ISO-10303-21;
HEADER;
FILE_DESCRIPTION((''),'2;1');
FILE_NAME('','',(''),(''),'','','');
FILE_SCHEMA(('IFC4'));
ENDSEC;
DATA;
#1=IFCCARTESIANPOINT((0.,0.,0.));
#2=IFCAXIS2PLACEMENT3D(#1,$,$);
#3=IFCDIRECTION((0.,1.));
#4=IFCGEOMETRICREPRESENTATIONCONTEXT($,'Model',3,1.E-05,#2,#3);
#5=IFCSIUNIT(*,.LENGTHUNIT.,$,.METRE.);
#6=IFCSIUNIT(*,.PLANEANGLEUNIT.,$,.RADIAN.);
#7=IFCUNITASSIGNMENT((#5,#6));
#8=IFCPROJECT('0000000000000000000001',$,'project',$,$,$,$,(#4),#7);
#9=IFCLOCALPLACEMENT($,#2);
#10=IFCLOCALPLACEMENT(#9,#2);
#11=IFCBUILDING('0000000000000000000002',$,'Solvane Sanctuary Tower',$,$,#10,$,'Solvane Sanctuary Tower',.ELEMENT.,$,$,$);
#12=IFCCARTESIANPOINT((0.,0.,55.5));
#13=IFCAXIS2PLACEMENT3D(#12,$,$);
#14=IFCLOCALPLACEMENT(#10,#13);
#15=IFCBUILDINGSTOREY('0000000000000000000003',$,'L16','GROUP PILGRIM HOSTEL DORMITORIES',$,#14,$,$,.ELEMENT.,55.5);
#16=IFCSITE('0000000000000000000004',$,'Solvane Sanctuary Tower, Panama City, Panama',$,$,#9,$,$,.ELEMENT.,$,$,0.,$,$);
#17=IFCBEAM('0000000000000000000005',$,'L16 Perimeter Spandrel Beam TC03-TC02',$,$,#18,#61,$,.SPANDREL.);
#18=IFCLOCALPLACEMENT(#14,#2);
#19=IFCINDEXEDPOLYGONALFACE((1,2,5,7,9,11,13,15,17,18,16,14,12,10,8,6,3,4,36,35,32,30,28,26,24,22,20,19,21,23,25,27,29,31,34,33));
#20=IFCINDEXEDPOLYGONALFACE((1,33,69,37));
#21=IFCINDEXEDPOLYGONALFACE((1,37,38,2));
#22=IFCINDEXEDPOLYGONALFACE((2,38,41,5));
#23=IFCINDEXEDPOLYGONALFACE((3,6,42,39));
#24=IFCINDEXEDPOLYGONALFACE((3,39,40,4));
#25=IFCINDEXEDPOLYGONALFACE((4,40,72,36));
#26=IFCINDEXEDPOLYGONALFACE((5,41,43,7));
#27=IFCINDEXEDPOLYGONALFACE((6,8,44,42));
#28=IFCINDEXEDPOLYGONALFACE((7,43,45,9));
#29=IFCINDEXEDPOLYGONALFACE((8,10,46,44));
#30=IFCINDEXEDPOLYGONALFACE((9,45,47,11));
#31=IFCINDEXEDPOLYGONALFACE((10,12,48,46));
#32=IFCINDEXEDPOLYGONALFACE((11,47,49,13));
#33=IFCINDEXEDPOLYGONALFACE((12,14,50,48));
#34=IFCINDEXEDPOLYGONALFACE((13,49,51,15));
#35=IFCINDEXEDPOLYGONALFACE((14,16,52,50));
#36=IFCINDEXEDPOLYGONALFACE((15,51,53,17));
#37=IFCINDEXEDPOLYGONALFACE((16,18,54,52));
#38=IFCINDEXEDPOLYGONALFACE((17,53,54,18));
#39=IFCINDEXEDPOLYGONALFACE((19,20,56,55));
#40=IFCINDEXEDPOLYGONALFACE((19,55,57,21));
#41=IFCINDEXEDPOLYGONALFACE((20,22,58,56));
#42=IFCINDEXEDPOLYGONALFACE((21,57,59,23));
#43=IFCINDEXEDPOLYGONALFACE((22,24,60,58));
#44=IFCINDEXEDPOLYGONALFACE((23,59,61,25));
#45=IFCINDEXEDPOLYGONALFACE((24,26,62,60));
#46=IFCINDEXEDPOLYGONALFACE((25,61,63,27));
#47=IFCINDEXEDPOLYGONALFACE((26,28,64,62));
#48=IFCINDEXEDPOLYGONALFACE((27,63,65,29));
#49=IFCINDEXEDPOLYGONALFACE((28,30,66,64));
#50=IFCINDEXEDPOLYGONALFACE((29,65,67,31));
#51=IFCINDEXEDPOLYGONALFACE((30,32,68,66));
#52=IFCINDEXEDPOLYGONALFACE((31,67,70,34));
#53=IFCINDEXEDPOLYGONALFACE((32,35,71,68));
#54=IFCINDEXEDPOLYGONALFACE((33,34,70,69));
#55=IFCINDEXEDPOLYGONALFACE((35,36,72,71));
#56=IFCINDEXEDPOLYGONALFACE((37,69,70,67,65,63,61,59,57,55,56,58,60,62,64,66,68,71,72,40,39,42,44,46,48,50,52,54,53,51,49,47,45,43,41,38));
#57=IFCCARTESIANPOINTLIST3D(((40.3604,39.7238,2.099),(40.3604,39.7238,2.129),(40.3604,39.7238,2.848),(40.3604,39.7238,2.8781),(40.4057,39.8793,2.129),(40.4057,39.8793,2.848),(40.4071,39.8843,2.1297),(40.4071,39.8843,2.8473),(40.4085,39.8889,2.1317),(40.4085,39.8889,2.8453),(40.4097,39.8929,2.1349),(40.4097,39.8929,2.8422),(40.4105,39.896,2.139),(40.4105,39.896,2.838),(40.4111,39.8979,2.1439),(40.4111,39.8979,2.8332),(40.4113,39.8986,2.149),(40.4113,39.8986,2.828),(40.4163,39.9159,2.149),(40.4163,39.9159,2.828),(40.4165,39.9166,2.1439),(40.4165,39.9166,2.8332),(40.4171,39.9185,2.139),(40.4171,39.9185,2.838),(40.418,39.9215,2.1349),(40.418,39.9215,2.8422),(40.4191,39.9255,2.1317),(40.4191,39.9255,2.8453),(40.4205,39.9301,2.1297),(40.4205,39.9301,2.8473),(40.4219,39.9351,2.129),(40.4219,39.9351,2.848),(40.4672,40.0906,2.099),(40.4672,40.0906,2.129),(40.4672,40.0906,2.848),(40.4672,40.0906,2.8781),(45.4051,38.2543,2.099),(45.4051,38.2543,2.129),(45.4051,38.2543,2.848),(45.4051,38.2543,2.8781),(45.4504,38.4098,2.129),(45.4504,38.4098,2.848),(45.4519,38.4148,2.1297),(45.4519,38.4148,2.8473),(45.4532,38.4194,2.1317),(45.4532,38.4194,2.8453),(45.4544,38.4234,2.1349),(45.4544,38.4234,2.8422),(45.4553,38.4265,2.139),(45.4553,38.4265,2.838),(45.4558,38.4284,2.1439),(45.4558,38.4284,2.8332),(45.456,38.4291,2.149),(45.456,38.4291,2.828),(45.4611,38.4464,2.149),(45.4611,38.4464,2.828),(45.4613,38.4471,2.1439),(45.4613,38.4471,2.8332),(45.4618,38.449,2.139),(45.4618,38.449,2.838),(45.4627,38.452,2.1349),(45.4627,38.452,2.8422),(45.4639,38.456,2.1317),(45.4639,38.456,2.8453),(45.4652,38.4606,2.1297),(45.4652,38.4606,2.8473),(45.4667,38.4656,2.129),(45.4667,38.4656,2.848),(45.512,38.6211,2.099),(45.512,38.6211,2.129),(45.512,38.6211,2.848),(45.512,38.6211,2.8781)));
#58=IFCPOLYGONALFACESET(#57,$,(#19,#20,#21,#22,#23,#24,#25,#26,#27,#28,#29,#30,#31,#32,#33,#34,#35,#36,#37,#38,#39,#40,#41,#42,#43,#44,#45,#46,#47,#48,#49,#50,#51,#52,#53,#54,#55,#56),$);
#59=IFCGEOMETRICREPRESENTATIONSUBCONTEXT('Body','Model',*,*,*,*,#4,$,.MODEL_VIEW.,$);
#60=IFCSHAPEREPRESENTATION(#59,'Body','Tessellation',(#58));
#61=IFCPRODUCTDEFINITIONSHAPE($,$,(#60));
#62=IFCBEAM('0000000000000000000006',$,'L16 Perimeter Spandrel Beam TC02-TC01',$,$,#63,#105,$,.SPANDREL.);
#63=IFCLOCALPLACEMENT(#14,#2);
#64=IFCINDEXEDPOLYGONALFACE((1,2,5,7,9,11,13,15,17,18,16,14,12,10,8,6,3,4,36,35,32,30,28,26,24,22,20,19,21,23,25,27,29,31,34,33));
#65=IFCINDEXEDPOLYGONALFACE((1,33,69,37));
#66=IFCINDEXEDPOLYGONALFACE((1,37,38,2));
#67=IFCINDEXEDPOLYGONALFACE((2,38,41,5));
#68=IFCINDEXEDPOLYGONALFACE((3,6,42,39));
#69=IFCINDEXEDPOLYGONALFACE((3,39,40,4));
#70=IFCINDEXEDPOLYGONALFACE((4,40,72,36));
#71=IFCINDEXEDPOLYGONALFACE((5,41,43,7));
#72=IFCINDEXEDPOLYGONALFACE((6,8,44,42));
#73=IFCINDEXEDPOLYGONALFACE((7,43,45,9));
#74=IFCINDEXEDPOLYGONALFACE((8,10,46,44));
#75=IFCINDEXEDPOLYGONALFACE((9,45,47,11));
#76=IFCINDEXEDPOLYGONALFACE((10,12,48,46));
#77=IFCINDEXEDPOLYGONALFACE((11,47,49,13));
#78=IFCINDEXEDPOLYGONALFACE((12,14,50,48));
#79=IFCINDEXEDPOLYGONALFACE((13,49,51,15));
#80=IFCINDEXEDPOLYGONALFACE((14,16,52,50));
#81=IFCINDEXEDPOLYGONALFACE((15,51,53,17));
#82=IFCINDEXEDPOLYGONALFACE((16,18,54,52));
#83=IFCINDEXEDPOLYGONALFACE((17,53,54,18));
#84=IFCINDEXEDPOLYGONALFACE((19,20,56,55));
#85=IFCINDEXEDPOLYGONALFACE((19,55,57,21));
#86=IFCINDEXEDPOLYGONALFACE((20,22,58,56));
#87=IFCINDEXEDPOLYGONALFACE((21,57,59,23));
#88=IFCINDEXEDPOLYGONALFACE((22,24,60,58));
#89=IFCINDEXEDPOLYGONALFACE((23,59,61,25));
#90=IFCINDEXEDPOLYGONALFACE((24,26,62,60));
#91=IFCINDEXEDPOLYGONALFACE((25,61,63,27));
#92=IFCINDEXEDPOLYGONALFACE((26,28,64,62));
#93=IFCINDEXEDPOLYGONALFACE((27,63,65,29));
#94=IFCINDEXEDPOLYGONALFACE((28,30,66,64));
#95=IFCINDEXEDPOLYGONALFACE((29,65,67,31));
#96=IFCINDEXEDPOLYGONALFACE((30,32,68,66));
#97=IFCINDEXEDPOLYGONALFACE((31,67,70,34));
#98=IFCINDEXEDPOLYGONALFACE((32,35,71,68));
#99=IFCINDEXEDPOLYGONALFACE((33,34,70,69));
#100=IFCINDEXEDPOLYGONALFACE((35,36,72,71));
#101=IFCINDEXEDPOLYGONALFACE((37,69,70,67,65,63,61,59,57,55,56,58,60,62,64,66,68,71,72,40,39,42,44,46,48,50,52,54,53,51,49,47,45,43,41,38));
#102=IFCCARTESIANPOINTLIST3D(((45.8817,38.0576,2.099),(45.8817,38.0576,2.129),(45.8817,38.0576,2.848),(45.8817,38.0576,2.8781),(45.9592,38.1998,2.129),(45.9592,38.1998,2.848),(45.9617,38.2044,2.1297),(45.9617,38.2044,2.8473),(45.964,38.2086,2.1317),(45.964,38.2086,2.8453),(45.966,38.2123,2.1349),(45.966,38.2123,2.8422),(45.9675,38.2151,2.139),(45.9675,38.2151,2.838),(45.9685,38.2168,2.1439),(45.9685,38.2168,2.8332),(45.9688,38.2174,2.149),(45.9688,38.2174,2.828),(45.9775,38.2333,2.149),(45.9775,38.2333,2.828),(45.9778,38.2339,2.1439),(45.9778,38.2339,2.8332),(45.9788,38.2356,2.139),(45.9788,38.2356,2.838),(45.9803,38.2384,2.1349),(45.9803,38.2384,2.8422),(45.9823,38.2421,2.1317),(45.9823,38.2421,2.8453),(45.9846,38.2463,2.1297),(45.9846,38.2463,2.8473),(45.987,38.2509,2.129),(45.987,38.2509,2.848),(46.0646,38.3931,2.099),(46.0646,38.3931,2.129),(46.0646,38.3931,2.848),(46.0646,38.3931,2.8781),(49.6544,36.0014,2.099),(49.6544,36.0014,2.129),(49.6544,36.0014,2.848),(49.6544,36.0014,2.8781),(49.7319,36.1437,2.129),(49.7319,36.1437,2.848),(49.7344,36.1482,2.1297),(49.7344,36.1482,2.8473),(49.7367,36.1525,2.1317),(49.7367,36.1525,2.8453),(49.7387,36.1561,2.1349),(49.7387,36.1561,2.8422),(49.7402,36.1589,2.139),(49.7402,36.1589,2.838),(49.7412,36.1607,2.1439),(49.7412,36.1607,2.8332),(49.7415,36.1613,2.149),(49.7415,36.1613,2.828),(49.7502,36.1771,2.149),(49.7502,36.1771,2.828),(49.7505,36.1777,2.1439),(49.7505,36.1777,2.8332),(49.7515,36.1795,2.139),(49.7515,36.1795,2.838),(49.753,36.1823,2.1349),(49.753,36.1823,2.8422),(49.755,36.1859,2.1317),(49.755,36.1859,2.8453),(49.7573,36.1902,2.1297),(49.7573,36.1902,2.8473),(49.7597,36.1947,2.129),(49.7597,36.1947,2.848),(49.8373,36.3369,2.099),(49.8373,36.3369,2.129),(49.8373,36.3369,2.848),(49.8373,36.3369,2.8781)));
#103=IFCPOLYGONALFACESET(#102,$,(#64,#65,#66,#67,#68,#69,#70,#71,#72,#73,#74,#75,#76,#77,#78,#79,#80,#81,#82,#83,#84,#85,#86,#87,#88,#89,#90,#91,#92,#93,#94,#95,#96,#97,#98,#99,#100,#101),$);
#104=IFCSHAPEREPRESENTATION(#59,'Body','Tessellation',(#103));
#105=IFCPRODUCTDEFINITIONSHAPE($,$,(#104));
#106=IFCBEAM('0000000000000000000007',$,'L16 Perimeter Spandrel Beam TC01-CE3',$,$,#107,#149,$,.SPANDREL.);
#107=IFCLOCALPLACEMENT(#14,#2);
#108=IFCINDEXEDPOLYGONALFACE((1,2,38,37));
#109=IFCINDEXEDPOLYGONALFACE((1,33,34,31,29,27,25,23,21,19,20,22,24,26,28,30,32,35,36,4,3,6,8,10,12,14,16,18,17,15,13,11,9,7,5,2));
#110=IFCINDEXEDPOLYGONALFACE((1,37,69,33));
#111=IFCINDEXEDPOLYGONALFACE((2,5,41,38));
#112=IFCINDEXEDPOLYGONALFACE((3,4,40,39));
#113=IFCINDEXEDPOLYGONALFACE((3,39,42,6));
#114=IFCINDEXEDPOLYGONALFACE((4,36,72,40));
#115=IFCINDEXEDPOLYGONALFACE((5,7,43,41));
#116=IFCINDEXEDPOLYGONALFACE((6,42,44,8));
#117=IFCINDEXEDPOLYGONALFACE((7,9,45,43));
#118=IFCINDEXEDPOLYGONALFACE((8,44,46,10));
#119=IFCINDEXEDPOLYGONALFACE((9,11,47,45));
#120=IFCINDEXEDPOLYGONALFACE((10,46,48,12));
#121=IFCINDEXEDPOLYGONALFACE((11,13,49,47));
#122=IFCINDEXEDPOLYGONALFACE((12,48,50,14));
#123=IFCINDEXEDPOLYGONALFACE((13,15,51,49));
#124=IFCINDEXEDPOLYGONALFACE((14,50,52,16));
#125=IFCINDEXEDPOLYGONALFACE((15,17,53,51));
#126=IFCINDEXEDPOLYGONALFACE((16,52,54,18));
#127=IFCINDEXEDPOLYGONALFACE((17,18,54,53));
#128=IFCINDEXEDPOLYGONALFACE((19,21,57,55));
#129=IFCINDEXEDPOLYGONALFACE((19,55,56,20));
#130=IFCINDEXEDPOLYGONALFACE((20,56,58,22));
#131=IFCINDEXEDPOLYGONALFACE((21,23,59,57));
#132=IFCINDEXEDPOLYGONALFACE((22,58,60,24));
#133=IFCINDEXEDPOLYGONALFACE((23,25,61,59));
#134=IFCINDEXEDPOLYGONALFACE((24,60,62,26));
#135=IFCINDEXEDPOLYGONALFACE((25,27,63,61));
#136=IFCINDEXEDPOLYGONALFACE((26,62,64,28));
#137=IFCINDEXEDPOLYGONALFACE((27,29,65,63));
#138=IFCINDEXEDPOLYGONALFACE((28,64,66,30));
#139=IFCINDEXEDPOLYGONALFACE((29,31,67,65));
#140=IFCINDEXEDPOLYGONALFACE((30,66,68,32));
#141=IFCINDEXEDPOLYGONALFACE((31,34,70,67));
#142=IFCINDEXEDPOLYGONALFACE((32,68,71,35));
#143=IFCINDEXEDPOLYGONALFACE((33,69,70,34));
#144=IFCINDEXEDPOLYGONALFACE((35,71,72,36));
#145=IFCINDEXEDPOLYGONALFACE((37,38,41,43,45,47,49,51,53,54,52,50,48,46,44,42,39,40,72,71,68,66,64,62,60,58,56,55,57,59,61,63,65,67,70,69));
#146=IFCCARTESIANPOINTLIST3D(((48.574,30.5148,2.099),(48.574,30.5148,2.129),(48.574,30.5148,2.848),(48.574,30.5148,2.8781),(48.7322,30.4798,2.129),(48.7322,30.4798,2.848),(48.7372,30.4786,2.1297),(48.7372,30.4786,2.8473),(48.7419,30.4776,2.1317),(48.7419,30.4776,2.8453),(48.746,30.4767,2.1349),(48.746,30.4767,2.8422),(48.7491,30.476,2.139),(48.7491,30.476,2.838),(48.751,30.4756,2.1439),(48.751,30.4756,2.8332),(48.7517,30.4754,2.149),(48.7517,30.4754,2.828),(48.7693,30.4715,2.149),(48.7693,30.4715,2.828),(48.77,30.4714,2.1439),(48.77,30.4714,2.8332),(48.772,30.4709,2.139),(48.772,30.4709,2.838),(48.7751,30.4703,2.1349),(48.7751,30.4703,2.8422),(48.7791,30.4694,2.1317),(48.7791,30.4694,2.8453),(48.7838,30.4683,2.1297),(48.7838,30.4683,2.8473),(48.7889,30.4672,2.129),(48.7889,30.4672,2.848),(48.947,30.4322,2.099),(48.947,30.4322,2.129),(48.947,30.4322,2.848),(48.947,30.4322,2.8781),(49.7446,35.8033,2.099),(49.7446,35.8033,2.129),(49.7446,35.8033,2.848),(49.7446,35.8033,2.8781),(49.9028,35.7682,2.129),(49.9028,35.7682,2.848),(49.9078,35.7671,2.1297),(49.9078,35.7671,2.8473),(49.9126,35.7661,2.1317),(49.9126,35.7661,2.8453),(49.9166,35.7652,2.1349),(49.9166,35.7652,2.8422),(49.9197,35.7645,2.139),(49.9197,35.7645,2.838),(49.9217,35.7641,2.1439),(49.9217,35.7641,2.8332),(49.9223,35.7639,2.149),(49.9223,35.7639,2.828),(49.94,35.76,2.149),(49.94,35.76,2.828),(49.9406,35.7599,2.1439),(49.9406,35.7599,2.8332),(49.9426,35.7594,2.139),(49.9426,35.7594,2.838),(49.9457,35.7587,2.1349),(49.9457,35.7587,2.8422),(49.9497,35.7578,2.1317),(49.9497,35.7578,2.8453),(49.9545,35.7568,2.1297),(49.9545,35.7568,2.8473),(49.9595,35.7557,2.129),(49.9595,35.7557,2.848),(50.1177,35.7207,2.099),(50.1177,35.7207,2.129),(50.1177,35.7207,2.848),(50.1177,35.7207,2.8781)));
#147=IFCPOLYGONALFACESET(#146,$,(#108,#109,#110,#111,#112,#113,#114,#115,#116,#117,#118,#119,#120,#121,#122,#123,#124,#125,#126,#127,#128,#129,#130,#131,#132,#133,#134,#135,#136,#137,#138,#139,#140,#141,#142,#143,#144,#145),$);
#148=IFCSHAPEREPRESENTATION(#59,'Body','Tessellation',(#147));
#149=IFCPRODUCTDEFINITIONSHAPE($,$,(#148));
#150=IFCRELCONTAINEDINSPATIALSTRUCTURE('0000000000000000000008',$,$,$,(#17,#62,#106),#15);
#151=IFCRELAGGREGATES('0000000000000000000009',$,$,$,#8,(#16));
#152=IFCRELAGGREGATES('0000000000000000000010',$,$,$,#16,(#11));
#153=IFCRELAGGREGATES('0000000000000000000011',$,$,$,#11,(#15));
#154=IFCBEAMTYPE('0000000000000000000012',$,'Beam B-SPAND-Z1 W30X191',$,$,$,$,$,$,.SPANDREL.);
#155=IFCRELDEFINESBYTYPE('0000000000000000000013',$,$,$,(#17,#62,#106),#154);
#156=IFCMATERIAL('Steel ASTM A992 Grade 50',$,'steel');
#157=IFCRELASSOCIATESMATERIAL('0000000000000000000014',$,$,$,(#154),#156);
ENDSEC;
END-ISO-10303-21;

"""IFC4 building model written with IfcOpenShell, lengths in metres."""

from ifc_helpers import new_model, si_unit, direction, frame, origin, origin_2d, place, context, subcontext, project, spatial, i_section, extrude, material, material_profile, profile_set, type_object, element, save


model = new_model("IFC4")

# Units and contexts
model_context = context("Model", 3, precision=1e-05, world=origin(), true_north=direction((0.0, 1.0)))
body_context = subcontext(model_context, "Body", "Model", "MODEL_VIEW")
ifc_project = project(units=[si_unit("LENGTHUNIT", "METRE"), si_unit("PLANEANGLEUNIT", "RADIAN")], contexts=[model_context])

# Site, building, storey
site_placement = place(None, origin())
site = spatial("IfcSite", under=ifc_project, at=site_placement, Name="Solvane Sanctuary Tower, Panama City, Panama", CompositionType="ELEMENT", RefElevation=0.0)
building_placement = place(site_placement, origin())
building = spatial("IfcBuilding", under=site, at=building_placement, Name="Solvane Sanctuary Tower", LongName="Solvane Sanctuary Tower", CompositionType="ELEMENT")
storey_placement = place(building_placement, frame((0.0, 0.0, 55.5)))
storey = spatial("IfcBuildingStorey", under=building, at=storey_placement, Name="L16", Description="GROUP PILGRIM HOSTEL DORMITORIES", CompositionType="ELEMENT", Elevation=55.5)

# Beams
ifc_material_1 = material(Name="Steel ASTM A992 Grade 50", Category="steel")
ifc_material_profile_1 = material_profile(ifc_material_1, i_section(OverallWidth=0.3821, OverallDepth=0.7791, WebThickness=0.0181, FlangeThickness=0.03, FilletRadius=0.02, at=origin_2d()), Name="W30X191")
ifc_profile_set_1 = profile_set([ifc_material_profile_1], Name="Steel ASTM A992 Grade 50")
beam_type_1 = type_object("IfcBeamType", Name="Beam B-SPAND-Z1 W30X191", PredefinedType="SPANDREL", material=ifc_profile_set_1)
beam_1_placement = place(storey_placement, frame((40.4138, 39.9072, 2.4885), z_axis=(0.960096, -0.27967, 0.0), x_axis=(0.27967, 0.960096, 0.0)))
element("IfcBeam", 1, at=beam_1_placement, inside=storey, type_object=beam_type_1, Name="L16 Perimeter Spandrel Beam TC03-TC02", PredefinedType="SPANDREL", context=body_context, shape_type="SweptSolid", body=[
    extrude(i_section(OverallWidth=0.3821, OverallDepth=0.7791, WebThickness=0.0181, FlangeThickness=0.03, FilletRadius=0.02, at=origin_2d()), origin(), (0.0, 0.0, 1.0), 5.2544),
])
beam_2_placement = place(storey_placement, frame((45.9731, 38.2253, 2.4885), z_axis=(0.878061, -0.47855, 0.0), x_axis=(0.47855, 0.878061, 0.0)))
element("IfcBeam", 2, at=beam_2_placement, inside=storey, type_object=beam_type_1, Name="L16 Perimeter Spandrel Beam TC02-TC01", PredefinedType="SPANDREL", context=body_context, shape_type="SweptSolid", body=[
    extrude(i_section(OverallWidth=0.3821, OverallDepth=0.7791, WebThickness=0.0181, FlangeThickness=0.03, FilletRadius=0.02, at=origin_2d()), origin(), (0.0, 0.0, 1.0), 4.2966),
])
beam_3_placement = place(storey_placement, frame((49.9312, 35.762, 2.4885), z_axis=(-0.216124, -0.976366, 0.0), x_axis=(0.976366, -0.216124, 0.0)))
element("IfcBeam", 3, at=beam_3_placement, inside=storey, type_object=beam_type_1, Name="L16 Perimeter Spandrel Beam TC01-CE3", PredefinedType="SPANDREL", context=body_context, shape_type="SweptSolid", body=[
    extrude(i_section(OverallWidth=0.3821, OverallDepth=0.7791, WebThickness=0.0181, FlangeThickness=0.03, FilletRadius=0.02, at=origin_2d()), origin(), (0.0, 0.0, 1.0), 5.4165),
])

save(model, "model.ifc")
